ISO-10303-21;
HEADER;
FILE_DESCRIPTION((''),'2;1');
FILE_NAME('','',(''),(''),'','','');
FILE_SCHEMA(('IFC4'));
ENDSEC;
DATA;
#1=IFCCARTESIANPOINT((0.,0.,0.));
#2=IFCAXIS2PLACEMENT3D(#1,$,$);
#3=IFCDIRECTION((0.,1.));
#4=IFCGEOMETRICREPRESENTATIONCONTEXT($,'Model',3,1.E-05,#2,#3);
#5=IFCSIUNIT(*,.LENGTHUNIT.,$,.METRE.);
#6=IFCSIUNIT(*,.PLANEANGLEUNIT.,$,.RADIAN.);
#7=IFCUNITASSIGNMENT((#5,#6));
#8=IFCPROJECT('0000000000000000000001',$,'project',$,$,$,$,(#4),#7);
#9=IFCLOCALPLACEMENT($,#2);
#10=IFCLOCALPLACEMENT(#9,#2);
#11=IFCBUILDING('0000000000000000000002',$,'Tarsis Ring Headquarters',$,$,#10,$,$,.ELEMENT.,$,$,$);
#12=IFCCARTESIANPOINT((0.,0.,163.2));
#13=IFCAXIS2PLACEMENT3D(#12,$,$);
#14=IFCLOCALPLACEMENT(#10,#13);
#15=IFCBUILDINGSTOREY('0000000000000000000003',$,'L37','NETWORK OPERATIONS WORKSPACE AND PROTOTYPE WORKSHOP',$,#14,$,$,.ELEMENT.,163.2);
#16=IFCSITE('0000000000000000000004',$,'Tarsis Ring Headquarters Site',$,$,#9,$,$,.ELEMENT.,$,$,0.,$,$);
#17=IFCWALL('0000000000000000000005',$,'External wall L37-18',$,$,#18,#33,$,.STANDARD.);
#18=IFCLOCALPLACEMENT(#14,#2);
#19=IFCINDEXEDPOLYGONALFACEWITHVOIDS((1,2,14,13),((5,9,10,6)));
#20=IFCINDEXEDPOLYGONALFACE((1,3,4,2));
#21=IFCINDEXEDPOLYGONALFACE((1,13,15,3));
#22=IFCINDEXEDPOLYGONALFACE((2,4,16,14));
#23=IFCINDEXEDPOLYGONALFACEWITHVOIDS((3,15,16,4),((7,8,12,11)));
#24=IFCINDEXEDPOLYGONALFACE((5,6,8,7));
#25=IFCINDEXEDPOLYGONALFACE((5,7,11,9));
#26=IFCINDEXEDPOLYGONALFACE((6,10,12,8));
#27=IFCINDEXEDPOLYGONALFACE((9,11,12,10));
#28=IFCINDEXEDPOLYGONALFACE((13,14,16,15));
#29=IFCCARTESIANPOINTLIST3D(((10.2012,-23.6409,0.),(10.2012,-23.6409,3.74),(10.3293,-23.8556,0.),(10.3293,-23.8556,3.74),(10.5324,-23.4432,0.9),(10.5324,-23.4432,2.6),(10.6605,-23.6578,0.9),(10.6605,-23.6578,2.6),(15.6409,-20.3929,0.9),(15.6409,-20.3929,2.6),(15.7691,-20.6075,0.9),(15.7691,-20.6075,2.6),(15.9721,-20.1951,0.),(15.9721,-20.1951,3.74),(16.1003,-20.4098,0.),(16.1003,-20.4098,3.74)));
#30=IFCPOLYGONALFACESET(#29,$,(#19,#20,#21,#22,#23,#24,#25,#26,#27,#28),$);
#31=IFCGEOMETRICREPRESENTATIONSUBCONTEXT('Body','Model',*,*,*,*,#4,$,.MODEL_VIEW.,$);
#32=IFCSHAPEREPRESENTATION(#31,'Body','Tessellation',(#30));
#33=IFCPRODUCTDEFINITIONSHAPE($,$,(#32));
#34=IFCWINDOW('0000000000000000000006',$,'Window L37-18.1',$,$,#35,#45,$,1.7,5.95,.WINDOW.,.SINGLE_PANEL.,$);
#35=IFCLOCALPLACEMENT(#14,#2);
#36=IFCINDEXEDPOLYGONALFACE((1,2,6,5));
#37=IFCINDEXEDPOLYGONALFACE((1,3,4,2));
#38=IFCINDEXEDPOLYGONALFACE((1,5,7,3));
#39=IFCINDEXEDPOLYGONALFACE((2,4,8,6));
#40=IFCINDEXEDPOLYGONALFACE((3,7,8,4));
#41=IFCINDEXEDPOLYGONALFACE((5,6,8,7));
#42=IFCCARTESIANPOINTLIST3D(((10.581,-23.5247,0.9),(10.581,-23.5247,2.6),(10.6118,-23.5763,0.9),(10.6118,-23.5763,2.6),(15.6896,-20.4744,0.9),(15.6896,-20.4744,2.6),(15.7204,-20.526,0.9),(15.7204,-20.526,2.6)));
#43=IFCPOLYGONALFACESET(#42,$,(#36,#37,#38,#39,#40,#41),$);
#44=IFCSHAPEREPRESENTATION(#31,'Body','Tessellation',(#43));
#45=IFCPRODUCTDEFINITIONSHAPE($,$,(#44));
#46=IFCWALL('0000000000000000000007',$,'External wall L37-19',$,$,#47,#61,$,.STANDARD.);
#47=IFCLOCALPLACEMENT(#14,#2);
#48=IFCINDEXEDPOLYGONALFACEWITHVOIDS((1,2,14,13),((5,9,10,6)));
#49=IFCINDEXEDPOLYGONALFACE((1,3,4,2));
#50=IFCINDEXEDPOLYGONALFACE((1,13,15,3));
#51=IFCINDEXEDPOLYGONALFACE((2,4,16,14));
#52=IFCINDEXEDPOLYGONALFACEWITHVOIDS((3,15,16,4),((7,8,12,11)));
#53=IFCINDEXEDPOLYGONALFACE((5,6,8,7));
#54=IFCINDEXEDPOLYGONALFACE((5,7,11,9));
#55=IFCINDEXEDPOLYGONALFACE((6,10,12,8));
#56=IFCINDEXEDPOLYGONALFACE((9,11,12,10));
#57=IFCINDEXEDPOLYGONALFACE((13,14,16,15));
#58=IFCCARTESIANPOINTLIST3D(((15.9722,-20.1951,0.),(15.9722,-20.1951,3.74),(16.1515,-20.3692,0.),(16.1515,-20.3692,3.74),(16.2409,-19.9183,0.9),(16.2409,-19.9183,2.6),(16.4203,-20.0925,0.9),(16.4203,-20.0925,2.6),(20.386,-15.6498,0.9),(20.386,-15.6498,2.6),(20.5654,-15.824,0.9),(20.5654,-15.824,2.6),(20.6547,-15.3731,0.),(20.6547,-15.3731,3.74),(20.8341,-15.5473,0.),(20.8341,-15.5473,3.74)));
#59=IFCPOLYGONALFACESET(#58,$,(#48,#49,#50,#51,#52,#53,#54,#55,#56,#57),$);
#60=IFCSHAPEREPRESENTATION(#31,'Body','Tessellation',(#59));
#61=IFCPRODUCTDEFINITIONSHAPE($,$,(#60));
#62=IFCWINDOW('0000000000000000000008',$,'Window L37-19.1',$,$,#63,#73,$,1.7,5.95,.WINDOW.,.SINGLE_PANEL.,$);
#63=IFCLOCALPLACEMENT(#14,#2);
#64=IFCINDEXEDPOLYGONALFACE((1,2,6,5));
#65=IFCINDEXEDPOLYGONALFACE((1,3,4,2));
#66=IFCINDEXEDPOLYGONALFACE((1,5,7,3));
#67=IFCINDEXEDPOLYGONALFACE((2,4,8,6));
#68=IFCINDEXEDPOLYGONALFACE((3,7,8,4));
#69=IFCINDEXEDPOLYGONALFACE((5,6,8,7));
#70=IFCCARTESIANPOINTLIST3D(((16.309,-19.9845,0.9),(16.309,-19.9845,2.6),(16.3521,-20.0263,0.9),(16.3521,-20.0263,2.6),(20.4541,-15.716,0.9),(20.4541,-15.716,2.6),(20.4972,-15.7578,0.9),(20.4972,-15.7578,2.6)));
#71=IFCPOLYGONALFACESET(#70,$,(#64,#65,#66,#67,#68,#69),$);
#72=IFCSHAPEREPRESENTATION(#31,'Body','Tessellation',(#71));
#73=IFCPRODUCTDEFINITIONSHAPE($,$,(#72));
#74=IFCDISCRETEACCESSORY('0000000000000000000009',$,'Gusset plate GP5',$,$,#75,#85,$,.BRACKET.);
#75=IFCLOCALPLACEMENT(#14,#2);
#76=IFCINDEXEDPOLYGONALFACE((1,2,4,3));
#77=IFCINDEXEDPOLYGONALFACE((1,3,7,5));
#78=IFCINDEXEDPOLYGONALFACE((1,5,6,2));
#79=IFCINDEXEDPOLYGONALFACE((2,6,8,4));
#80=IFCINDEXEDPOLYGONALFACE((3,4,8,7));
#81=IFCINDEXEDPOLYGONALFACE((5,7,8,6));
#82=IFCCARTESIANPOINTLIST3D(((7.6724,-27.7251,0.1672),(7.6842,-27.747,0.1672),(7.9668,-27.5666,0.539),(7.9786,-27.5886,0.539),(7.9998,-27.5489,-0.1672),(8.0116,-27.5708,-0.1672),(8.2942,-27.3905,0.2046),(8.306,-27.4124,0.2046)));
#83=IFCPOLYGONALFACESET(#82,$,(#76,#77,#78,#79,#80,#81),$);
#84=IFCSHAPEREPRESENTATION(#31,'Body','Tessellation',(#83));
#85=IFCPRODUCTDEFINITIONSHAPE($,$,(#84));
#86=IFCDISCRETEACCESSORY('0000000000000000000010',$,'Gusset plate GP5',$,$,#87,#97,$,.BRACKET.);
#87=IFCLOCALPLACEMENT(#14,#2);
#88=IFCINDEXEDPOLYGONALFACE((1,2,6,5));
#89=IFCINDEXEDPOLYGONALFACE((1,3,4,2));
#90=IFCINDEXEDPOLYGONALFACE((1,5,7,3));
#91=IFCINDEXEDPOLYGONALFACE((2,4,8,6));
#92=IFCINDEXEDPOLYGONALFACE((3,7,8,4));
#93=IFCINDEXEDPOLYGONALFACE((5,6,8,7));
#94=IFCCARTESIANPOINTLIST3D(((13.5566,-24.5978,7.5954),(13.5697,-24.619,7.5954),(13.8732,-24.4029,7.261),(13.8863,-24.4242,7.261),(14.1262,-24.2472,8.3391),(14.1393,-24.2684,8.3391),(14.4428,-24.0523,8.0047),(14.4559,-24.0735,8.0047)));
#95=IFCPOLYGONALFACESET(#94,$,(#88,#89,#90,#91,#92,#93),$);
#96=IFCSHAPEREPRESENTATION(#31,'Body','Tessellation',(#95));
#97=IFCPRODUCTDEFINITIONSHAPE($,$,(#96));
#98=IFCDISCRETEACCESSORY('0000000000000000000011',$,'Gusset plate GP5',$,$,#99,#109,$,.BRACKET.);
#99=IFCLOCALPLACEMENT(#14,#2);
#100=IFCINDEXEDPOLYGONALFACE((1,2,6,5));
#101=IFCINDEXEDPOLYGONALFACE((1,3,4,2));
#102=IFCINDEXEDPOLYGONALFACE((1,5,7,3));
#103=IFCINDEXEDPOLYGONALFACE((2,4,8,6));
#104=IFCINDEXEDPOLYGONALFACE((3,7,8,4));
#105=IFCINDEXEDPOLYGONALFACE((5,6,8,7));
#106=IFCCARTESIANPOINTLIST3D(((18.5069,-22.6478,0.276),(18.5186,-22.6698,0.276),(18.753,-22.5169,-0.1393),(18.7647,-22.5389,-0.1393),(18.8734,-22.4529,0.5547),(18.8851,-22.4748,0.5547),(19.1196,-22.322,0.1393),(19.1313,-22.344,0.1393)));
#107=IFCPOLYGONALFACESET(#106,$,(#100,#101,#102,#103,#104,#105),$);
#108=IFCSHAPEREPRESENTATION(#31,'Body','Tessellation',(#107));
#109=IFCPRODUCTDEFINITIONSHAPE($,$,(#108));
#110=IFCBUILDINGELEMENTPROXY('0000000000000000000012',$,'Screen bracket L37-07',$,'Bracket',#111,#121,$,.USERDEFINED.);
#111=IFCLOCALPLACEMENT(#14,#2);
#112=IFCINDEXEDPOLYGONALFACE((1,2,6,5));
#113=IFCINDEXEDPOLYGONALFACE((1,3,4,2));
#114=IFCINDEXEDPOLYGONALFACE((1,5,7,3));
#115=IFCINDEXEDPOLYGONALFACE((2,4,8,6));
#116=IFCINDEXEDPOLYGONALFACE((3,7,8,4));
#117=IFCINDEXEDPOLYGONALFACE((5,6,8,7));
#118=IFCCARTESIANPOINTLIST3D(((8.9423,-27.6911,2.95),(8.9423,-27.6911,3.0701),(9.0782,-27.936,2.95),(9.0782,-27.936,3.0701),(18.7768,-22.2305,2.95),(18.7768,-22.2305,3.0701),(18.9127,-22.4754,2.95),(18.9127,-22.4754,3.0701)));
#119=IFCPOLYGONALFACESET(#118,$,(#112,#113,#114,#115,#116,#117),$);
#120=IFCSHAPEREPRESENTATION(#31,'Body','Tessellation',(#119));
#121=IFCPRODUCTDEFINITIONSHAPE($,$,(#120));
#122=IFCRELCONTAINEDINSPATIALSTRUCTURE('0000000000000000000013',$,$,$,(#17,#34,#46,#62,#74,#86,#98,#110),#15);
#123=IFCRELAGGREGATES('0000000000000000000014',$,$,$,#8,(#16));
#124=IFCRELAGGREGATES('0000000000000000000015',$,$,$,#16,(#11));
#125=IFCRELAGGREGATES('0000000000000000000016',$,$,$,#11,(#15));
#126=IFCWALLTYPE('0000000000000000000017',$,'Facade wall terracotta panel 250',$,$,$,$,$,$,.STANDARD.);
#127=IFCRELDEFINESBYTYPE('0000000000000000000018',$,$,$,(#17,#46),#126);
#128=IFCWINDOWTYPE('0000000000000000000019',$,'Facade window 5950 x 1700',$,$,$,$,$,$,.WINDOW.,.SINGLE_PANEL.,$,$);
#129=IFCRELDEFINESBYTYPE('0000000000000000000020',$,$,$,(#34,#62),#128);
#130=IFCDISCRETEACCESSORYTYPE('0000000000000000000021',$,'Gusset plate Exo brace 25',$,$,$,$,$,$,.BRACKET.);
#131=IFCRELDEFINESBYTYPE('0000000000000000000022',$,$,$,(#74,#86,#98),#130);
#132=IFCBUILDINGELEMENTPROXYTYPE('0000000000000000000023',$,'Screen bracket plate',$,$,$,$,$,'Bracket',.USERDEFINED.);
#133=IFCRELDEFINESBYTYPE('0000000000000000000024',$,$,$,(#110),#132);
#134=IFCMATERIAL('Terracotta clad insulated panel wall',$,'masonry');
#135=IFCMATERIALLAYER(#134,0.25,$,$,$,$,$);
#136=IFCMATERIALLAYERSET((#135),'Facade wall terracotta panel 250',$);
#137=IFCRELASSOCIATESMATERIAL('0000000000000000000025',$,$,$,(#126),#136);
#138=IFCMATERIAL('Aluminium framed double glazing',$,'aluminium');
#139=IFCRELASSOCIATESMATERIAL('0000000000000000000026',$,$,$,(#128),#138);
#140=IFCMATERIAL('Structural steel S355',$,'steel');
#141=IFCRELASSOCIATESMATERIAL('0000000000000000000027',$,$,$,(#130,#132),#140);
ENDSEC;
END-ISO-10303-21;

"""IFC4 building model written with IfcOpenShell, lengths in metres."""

from ifc_helpers import new_model, si_unit, direction, frame, frame_2d, origin, origin_2d, place, context, subcontext, project, spatial, rectangle, extrude, material, layer, layer_set, material_profile, profile_set, type_object, element, fill, save


model = new_model("IFC4")

# Units and contexts
model_context = context("Model", 3, precision=1e-05, world=origin(), true_north=direction((0.0, 1.0)))
body_context = subcontext(model_context, "Body", "Model", "MODEL_VIEW")
ifc_project = project(units=[si_unit("LENGTHUNIT", "METRE"), si_unit("PLANEANGLEUNIT", "RADIAN")], contexts=[model_context])

# Site, building, storey
site_placement = place(None, origin())
site = spatial("IfcSite", under=ifc_project, at=site_placement, Name="Tarsis Ring Headquarters Site", CompositionType="ELEMENT", RefElevation=0.0)
building_placement = place(site_placement, origin())
building = spatial("IfcBuilding", under=site, at=building_placement, Name="Tarsis Ring Headquarters", CompositionType="ELEMENT")
storey_placement = place(building_placement, frame((0.0, 0.0, 163.2)))
storey = spatial("IfcBuildingStorey", under=building, at=storey_placement, Name="L37", Description="NETWORK OPERATIONS WORKSPACE AND PROTOTYPE WORKSHOP", CompositionType="ELEMENT", Elevation=163.2)

# Shared definitions
ifc_material_1 = material(Name="Structural steel S355", Category="steel")

# Walls, openings, windows
ifc_material_2 = material(Name="Terracotta clad insulated panel wall", Category="masonry")
ifc_layer = layer(ifc_material_2, 0.25)
ifc_layer_set = layer_set([ifc_layer], Name="Facade wall terracotta panel 250")
wall_type = type_object("IfcWallType", Name="Facade wall terracotta panel 250", PredefinedType="STANDARD", material=ifc_layer_set)
ifc_material_3 = material(Name="Aluminium framed double glazing", Category="aluminium")
wall_1_placement = place(storey_placement, frame((10.2651, -23.7483, 0.0), z_axis=(0.0, 0.0, 1.0), x_axis=(0.858593, 0.512657, 0.0)))
wall_1 = element("IfcWall", 1, at=wall_1_placement, inside=storey, type_object=wall_type, Name="External wall L37-18", PredefinedType="STANDARD", context=body_context, shape_type="SweptSolid", body=[
    extrude(rectangle(XDim=6.7214, YDim=0.25, at=frame_2d((3.3608, 0.0))), origin(), (0.0, 0.0, 1.0), 3.74),
])
opening_1_placement = place(wall_1_placement, frame((0.3857, 0.0, 0.8999)))
opening_1 = element("IfcOpeningElement", 2, at=opening_1_placement, cuts=wall_1, PredefinedType="OPENING", context=body_context, shape_type="SweptSolid", body=[
    extrude(rectangle(XDim=5.95, YDim=1.7, at=frame_2d((2.9751, 0.8501))), frame((0.0, 0.135, 0.0), z_axis=(0.0, -1.0, 0.0), x_axis=(1.0, 0.0, 0.0)), (0.0, 0.0, 1.0), 0.27),
])
window_type_1 = type_object("IfcWindowType", Name="Facade window 5950 x 1700", PartitioningType="SINGLE_PANEL", PredefinedType="WINDOW", material=ifc_material_3)
window_1_placement = place(opening_1_placement, origin())
window_1 = element("IfcWindow", 3, at=window_1_placement, inside=storey, type_object=window_type_1, Name="Window L37-18.1", OverallHeight=1.7, OverallWidth=5.95, PartitioningType="SINGLE_PANEL", PredefinedType="WINDOW", context=body_context, shape_type="SweptSolid", body=[
    extrude(rectangle(XDim=5.95, YDim=1.7, at=frame_2d((2.9751, 0.8501))), frame((0.0, 0.03, 0.0), z_axis=(0.0, -1.0, 0.0), x_axis=(1.0, 0.0, 0.0)), (0.0, 0.0, 1.0), 0.0601),
])
fill(opening_1, window_1)
wall_2_placement = place(storey_placement, frame((16.0618, -20.2822, 0.0), z_axis=(0.0, 0.0, 1.0), x_axis=(0.696661, 0.717401, 0.0)))
wall_2 = element("IfcWall", 4, at=wall_2_placement, inside=storey, type_object=wall_type, Name="External wall L37-19", PredefinedType="STANDARD", context=body_context, shape_type="SweptSolid", body=[
    extrude(rectangle(XDim=6.7214, YDim=0.25, at=frame_2d((3.3608, 0.0))), origin(), (0.0, 0.0, 1.0), 3.74),
])
opening_2_placement = place(wall_2_placement, frame((0.3857, 0.0, 0.8999)))
opening_2 = element("IfcOpeningElement", 5, at=opening_2_placement, cuts=wall_2, PredefinedType="OPENING", context=body_context, shape_type="SweptSolid", body=[
    extrude(rectangle(XDim=5.95, YDim=1.7, at=frame_2d((2.9751, 0.8501))), frame((0.0, 0.135, 0.0), z_axis=(0.0, -1.0, 0.0), x_axis=(1.0, 0.0, 0.0)), (0.0, 0.0, 1.0), 0.27),
])
window_2_placement = place(opening_2_placement, origin())
window_2 = element("IfcWindow", 6, at=window_2_placement, inside=storey, type_object=window_type_1, Name="Window L37-19.1", OverallHeight=1.7, OverallWidth=5.95, PartitioningType="SINGLE_PANEL", PredefinedType="WINDOW", context=body_context, shape_type="SweptSolid", body=[
    extrude(rectangle(XDim=5.95, YDim=1.7, at=frame_2d((2.9751, 0.8501))), frame((0.0, 0.03, 0.0), z_axis=(0.0, -1.0, 0.0), x_axis=(1.0, 0.0, 0.0)), (0.0, 0.0, 1.0), 0.0601),
])
fill(opening_2, window_2)

# Discrete accessories
ifc_material_profile_1 = material_profile(ifc_material_1, rectangle(XDim=0.0249, YDim=0.5, at=origin_2d()), Name="PL 25x500")
ifc_profile_set_1 = profile_set([ifc_material_profile_1], Name="Structural steel S355")
discrete_accessory_type = type_object("IfcDiscreteAccessoryType", Name="Gusset plate Exo brace 25", PredefinedType="BRACKET", material=ifc_profile_set_1)
discrete_accessory_1_placement = place(storey_placement, frame((7.842, -27.6479, 0.0), z_axis=(0.588807, 0.316862, 0.743576), x_axis=(-0.473882, 0.880588, 0.0)))
element("IfcDiscreteAccessory", 7, at=discrete_accessory_1_placement, inside=storey, type_object=discrete_accessory_type, Name="Gusset plate GP5", PredefinedType="BRACKET", context=body_context, shape_type="SweptSolid", body=[
    extrude(rectangle(XDim=0.0249, YDim=0.5, at=origin_2d()), origin(), (0.0, 0.0, 1.0), 0.5),
])
discrete_accessory_2_placement = place(storey_placement, frame((13.7214, -24.511, 7.4282), z_axis=(0.56948, 0.350524, 0.743522), x_axis=(-0.524179, 0.851608, 0.0)))
element("IfcDiscreteAccessory", 8, at=discrete_accessory_2_placement, inside=storey, type_object=discrete_accessory_type, Name="Gusset plate GP5", PredefinedType="BRACKET", context=body_context, shape_type="SweptSolid", body=[
    extrude(rectangle(XDim=0.0249, YDim=0.5, at=origin_2d()), origin(), (0.0, 0.0, 1.0), 1.0002),
])
discrete_accessory_3_placement = place(storey_placement, frame((18.9421, -22.4304, 0.0), z_axis=(-0.492043, -0.261642, 0.830323), x_axis=(0.469497, -0.882934, 0.0)))
element("IfcDiscreteAccessory", 9, at=discrete_accessory_3_placement, inside=storey, type_object=discrete_accessory_type, Name="Gusset plate GP5", PredefinedType="BRACKET", context=body_context, shape_type="SweptSolid", body=[
    extrude(rectangle(XDim=0.0249, YDim=0.5, at=origin_2d()), origin(), (0.0, 0.0, 1.0), 0.5002),
])

# Building element proxy
building_element_proxy_type = type_object("IfcBuildingElementProxyType", Name="Screen bracket plate", ElementType="Bracket", PredefinedType="USERDEFINED", material=ifc_material_1)
proxy_placement = place(storey_placement, frame((13.9275, -25.0833, 2.95), z_axis=(0.0, 0.0, 1.0), x_axis=(0.87427, 0.48544, 0.0)))
element("IfcBuildingElementProxy", 10, at=proxy_placement, inside=storey, type_object=building_element_proxy_type, Name="Screen bracket L37-07", ObjectType="Bracket", PredefinedType="USERDEFINED", context=body_context, shape_type="SweptSolid", body=[
    extrude(rectangle(XDim=11.2488, YDim=0.28, at=origin_2d()), origin(), (0.0, 0.0, 1.0), 0.1201),
])

save(model, "model.ifc")
